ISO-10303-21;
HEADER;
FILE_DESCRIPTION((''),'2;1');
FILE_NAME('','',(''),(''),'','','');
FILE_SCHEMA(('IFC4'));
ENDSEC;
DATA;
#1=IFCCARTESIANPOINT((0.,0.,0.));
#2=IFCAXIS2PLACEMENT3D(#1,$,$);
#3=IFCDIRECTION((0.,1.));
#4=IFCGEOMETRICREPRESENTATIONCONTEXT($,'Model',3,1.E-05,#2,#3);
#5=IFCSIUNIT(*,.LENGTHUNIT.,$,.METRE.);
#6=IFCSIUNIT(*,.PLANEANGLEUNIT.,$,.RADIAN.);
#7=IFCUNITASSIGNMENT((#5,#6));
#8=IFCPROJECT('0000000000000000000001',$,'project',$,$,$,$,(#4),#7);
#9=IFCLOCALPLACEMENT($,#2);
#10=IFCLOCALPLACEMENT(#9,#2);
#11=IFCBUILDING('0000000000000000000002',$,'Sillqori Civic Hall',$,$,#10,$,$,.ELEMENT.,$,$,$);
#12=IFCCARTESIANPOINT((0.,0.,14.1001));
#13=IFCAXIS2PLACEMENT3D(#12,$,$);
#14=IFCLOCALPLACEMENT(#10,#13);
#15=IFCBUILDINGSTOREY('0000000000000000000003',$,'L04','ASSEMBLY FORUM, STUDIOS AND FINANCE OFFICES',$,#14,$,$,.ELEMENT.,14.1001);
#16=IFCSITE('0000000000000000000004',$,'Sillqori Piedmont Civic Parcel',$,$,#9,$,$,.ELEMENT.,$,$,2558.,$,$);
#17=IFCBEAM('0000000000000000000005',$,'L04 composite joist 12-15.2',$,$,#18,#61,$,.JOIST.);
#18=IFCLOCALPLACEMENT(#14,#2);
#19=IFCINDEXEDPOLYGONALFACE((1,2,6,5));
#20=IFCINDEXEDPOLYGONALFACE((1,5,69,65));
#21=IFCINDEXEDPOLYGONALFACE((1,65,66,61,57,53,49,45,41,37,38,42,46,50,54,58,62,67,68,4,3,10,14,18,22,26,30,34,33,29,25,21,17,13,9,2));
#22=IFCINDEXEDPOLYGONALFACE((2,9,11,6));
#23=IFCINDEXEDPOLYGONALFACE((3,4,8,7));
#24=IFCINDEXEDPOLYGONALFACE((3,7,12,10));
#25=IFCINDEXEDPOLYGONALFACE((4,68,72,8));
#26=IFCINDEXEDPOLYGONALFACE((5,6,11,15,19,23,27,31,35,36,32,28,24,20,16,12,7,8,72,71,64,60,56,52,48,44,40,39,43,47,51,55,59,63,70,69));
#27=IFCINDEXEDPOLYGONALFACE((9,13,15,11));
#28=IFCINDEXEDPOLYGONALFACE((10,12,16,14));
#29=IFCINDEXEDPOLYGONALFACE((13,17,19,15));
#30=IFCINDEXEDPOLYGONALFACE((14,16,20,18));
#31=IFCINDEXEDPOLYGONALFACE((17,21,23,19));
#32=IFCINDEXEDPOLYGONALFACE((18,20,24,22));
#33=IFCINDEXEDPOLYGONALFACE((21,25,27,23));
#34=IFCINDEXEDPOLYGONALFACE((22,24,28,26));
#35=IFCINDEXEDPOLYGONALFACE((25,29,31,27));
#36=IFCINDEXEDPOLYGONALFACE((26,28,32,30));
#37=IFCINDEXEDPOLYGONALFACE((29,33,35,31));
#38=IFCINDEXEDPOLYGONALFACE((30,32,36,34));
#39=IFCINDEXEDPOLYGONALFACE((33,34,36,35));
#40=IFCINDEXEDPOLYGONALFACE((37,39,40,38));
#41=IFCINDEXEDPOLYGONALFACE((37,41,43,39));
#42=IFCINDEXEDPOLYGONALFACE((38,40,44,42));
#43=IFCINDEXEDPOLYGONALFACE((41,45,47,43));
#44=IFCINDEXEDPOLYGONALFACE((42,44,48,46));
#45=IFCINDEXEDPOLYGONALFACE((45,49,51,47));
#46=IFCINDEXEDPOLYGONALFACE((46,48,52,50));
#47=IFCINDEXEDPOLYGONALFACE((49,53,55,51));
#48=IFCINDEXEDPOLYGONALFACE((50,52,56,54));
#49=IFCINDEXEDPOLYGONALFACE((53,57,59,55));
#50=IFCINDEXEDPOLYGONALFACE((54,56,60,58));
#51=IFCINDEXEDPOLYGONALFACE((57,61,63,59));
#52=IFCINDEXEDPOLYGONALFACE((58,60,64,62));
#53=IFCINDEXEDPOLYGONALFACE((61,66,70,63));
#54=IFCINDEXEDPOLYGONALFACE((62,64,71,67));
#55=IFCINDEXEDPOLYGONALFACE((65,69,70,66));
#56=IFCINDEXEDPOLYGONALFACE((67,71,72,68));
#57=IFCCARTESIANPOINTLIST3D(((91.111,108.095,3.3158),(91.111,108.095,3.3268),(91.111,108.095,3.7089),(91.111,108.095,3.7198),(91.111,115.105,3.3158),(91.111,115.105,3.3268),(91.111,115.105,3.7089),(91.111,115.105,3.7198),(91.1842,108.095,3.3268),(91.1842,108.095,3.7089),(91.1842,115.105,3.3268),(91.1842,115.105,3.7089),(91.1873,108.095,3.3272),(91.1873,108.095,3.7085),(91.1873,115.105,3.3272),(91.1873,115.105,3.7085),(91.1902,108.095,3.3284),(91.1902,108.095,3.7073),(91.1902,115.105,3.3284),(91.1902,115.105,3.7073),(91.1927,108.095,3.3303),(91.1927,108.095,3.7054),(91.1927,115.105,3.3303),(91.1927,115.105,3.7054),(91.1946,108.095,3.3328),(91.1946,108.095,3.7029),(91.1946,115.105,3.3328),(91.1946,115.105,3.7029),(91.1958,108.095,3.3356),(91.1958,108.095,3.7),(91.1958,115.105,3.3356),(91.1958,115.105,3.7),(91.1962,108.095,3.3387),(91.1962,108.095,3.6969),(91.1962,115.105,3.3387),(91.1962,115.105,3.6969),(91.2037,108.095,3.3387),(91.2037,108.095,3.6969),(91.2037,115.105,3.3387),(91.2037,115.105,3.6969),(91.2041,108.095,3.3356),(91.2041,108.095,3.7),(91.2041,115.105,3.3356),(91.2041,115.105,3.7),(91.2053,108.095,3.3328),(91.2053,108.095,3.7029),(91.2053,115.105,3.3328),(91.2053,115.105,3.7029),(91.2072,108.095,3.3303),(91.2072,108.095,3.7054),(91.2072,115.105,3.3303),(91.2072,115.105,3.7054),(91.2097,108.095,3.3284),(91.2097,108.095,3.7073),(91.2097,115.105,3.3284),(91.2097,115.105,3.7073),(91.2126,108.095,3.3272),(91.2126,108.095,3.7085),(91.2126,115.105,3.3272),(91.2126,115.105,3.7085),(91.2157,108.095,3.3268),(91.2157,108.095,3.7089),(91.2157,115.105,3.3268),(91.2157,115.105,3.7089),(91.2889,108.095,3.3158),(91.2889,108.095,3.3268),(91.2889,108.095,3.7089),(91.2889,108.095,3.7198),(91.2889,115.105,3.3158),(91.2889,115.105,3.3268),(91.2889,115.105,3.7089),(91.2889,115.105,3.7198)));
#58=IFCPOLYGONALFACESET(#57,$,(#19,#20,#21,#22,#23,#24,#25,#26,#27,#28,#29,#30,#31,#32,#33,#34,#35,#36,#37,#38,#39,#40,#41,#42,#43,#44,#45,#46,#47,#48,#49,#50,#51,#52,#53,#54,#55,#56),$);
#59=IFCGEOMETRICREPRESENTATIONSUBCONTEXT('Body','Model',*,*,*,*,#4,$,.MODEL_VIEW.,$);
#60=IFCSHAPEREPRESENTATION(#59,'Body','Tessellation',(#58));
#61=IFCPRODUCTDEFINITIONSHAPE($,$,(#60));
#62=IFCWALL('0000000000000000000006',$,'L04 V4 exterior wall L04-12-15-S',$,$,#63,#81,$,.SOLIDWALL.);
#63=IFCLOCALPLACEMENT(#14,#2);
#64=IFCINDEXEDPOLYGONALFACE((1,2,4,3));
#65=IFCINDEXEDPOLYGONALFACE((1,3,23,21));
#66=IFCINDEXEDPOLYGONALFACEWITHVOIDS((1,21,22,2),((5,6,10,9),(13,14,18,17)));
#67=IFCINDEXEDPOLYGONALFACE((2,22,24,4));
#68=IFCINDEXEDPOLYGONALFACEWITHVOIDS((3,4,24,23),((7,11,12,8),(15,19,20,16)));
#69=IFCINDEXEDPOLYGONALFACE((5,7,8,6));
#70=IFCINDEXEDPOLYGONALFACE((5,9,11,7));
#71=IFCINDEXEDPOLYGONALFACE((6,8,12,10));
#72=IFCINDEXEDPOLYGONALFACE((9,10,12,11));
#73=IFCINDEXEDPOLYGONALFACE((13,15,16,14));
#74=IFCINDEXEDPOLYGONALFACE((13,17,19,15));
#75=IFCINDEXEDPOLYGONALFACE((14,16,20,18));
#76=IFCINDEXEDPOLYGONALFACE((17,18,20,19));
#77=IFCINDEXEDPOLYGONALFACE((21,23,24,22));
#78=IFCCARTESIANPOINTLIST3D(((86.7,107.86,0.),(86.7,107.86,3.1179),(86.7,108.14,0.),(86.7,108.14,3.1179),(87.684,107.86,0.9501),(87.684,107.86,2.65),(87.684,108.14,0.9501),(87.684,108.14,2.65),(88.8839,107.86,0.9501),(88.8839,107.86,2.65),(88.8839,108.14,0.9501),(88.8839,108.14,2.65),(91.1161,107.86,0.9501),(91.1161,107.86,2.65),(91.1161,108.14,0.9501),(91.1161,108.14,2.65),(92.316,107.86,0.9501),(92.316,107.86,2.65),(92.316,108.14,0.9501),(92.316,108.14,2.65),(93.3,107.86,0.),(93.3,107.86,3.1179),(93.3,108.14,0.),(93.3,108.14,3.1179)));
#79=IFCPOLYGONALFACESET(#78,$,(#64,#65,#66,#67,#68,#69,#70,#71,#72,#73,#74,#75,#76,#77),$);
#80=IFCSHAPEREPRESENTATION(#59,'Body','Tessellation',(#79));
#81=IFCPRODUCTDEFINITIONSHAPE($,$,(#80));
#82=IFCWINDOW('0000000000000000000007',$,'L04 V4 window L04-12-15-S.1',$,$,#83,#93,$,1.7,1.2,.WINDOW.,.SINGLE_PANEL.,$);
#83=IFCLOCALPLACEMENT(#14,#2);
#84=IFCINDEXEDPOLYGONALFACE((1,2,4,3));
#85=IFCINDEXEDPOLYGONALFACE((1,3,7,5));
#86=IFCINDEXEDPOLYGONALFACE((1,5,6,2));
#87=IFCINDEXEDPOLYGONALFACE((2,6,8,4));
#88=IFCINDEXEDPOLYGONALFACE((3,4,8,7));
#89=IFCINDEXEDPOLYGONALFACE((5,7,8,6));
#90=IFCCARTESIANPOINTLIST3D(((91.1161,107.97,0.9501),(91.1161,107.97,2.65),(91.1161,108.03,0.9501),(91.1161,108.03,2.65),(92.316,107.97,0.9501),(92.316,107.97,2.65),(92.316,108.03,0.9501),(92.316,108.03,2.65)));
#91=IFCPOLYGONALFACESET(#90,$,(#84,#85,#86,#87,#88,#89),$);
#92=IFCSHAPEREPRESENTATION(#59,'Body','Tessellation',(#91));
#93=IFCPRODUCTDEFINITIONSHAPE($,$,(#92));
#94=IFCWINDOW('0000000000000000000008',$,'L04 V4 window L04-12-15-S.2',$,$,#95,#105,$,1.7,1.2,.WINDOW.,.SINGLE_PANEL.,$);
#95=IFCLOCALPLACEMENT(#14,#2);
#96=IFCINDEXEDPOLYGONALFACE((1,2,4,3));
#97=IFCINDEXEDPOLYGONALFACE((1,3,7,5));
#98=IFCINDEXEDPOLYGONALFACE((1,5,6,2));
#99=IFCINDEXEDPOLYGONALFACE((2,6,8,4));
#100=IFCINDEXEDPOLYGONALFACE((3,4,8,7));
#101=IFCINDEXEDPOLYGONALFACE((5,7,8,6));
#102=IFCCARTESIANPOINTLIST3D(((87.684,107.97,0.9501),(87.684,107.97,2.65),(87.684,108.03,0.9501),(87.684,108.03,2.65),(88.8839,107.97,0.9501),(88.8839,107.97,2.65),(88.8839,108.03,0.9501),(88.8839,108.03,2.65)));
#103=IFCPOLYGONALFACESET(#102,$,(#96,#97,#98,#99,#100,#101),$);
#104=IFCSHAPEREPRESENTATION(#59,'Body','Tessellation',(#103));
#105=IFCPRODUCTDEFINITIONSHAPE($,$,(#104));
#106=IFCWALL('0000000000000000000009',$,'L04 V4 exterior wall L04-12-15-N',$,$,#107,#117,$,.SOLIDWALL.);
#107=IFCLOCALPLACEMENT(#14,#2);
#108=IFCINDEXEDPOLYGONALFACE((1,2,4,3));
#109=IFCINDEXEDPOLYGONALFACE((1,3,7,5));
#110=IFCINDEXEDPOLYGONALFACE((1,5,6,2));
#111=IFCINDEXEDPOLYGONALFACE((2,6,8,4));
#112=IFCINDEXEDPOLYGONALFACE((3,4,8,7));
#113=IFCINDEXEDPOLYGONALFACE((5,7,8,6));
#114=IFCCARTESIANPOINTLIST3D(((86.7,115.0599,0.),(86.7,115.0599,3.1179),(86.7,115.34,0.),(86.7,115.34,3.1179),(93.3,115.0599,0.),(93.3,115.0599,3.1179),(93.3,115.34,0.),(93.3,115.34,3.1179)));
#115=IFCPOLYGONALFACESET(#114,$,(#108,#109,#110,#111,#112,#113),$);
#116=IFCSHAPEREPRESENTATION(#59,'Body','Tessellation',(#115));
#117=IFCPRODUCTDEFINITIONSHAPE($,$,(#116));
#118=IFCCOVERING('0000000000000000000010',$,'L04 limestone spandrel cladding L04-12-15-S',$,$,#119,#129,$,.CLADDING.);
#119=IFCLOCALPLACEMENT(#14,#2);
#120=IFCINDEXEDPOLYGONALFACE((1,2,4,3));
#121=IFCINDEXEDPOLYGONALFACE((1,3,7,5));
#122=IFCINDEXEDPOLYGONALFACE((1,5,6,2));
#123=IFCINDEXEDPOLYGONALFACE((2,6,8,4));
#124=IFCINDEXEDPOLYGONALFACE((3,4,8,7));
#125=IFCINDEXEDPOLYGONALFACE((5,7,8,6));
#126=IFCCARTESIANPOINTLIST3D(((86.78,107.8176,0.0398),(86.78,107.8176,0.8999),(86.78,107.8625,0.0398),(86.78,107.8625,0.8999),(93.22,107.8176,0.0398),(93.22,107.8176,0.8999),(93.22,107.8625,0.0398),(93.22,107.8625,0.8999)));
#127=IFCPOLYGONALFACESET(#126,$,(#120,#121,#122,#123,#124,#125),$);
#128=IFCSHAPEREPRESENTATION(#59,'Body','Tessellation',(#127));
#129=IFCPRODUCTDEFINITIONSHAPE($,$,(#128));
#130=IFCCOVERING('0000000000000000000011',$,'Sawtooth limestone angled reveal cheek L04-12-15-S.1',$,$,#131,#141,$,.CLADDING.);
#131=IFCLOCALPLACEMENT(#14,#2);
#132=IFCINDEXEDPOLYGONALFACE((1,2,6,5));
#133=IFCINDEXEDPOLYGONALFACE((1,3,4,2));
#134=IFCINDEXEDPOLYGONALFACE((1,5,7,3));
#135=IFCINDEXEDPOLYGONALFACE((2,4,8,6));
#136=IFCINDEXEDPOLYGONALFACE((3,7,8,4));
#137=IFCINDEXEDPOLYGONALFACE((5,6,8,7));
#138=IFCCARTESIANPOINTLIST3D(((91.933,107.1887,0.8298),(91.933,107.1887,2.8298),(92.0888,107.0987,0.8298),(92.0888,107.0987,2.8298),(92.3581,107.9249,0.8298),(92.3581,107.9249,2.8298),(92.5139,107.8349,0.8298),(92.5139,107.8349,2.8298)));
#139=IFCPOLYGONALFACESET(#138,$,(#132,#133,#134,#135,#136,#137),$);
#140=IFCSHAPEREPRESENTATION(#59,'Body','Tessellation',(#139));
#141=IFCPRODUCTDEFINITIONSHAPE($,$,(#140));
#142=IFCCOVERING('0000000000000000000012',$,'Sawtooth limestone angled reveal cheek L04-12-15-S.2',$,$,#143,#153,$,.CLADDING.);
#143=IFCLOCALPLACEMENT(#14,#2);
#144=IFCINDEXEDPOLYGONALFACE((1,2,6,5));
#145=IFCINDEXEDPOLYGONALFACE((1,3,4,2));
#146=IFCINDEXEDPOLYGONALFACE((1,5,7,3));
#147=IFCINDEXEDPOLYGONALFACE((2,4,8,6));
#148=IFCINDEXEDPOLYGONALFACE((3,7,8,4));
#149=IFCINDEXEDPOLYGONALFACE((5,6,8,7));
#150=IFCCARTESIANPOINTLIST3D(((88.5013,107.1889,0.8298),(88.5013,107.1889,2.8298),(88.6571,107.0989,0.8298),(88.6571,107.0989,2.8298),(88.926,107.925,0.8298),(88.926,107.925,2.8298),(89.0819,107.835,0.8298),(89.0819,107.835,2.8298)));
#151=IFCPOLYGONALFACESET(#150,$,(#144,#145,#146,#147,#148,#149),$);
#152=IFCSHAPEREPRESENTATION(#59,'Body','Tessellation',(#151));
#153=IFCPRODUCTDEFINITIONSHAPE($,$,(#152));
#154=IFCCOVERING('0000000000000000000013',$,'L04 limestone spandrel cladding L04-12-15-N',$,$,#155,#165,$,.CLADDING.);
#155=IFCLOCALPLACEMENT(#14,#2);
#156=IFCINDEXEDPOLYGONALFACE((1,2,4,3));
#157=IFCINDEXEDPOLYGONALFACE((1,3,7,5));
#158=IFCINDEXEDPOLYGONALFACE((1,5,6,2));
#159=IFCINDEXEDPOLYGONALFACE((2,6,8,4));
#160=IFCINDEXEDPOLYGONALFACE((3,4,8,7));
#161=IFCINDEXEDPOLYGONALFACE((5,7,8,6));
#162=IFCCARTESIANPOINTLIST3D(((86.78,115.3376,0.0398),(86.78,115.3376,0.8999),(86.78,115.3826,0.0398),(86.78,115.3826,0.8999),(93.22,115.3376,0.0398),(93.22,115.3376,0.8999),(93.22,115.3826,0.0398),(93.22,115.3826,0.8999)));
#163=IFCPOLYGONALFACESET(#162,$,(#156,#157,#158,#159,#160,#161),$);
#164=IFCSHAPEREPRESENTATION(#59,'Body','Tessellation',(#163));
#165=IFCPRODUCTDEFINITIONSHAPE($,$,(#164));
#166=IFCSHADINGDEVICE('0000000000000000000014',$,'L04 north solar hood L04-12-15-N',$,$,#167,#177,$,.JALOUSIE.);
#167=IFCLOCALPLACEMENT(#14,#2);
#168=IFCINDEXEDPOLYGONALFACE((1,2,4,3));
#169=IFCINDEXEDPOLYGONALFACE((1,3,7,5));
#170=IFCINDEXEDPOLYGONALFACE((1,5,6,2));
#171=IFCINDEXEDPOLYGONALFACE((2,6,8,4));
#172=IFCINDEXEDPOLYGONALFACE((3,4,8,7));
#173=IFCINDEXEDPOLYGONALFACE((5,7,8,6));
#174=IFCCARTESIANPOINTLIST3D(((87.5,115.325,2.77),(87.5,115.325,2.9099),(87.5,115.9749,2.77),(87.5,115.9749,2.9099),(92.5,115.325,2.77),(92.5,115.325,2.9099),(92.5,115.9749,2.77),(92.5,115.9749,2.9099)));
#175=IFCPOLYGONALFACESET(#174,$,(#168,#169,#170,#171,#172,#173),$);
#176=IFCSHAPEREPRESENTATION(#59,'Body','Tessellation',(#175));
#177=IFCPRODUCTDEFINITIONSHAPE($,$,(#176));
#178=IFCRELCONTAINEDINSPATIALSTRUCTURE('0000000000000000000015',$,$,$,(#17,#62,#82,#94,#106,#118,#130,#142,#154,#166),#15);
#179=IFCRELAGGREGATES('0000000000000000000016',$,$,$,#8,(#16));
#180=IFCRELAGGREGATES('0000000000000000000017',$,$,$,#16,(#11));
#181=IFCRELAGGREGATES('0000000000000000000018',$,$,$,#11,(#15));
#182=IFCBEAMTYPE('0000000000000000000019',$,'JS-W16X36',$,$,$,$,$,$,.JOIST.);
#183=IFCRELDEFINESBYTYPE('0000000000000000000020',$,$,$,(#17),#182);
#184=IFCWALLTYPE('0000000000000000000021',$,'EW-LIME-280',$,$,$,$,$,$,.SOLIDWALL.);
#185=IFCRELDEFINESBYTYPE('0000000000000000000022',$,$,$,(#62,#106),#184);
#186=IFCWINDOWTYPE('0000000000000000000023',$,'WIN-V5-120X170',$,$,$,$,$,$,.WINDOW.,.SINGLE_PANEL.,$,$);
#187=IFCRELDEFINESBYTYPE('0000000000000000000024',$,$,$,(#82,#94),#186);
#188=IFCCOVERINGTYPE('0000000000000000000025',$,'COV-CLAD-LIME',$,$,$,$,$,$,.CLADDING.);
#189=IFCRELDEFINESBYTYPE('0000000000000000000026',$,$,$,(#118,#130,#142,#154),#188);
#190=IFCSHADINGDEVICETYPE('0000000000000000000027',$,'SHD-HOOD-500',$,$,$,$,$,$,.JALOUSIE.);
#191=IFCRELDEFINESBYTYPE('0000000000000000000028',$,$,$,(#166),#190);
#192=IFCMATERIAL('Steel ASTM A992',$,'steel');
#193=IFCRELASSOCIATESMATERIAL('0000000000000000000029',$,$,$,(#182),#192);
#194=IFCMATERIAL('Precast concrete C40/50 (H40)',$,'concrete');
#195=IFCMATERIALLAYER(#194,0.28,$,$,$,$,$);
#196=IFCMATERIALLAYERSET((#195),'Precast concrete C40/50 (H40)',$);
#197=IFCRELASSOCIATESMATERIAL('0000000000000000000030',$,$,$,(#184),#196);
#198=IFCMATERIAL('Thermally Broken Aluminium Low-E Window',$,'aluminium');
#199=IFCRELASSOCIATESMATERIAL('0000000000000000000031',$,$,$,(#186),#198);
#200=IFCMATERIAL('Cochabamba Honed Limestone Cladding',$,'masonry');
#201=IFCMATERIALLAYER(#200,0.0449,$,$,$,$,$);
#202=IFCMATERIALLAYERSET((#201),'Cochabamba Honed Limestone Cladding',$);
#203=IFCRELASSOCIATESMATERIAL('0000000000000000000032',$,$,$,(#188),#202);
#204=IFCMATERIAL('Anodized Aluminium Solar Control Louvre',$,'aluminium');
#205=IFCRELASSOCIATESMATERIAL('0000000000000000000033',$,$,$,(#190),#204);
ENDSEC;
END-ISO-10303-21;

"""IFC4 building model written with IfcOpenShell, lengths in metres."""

from ifc_helpers import new_model, si_unit, direction, frame, frame_2d, origin, origin_2d, place, context, subcontext, project, spatial, rectangle, i_section, extrude, material, layer, layer_set, material_profile, profile_set, type_object, element, fill, save


model = new_model("IFC4")

# Units and contexts
model_context = context("Model", 3, precision=1e-05, world=origin(), true_north=direction((0.0, 1.0)))
body_context = subcontext(model_context, "Body", "Model", "MODEL_VIEW")
ifc_project = project(units=[si_unit("LENGTHUNIT", "METRE"), si_unit("PLANEANGLEUNIT", "RADIAN")], contexts=[model_context])

# Site, building, storey
site_placement = place(None, origin())
site = spatial("IfcSite", under=ifc_project, at=site_placement, Name="Sillqori Piedmont Civic Parcel", CompositionType="ELEMENT", RefElevation=2558.0)
building_placement = place(site_placement, origin())
building = spatial("IfcBuilding", under=site, at=building_placement, Name="Sillqori Civic Hall", CompositionType="ELEMENT")
storey_placement = place(building_placement, frame((0.0, 0.0, 14.1001)))
storey = spatial("IfcBuildingStorey", under=building, at=storey_placement, Name="L04", Description="ASSEMBLY FORUM, STUDIOS AND FINANCE OFFICES", CompositionType="ELEMENT", Elevation=14.1001)

# Beam
ifc_material_1 = material(Name="Steel ASTM A992", Category="steel")
ifc_material_profile_1 = material_profile(ifc_material_1, i_section(OverallWidth=0.178, OverallDepth=0.4041, WebThickness=0.0076, FlangeThickness=0.011, FilletRadius=0.012, at=origin_2d()), Name="W16X36")
ifc_profile_set_1 = profile_set([ifc_material_profile_1], Name="Steel ASTM A992")
beam_type_1 = type_object("IfcBeamType", Name="JS-W16X36", PredefinedType="JOIST", material=ifc_profile_set_1)
for number, where, z_axis, x_axis, name in (
    (1, (91.2, 108.095, 3.5178), (0.0, 1.0, 0.0), (-1.0, 0.0, 0.0), "L04 composite joist 12-15.2"),
):
    element("IfcBeam", number, at=place(storey_placement, frame(where, z_axis=z_axis, x_axis=x_axis)), inside=storey, type_object=beam_type_1, Name=name, PredefinedType="JOIST", context=body_context, shape_type="SweptSolid", body=[
        extrude(i_section(OverallWidth=0.178, OverallDepth=0.4041, WebThickness=0.0076, FlangeThickness=0.011, FilletRadius=0.012, at=origin_2d()), origin(), (0.0, 0.0, 1.0), 7.01),
    ])

# Wall, openings, windows
ifc_material_2 = material(Name="Precast concrete C40/50 (H40)", Category="concrete")
ifc_layer_1 = layer(ifc_material_2, 0.28)
ifc_layer_set_1 = layer_set([ifc_layer_1], Name="Precast concrete C40/50 (H40)")
wall_type = type_object("IfcWallType", Name="EW-LIME-280", PredefinedType="SOLIDWALL", material=ifc_layer_set_1)
wall_1_placement = place(storey_placement, frame((93.3, 108.0, 0.0), z_axis=(0.0, 0.0, 1.0), x_axis=(-1.0, 0.0, 0.0)))
wall_1 = element("IfcWall", 2, at=wall_1_placement, inside=storey, type_object=wall_type, Name="L04 V4 exterior wall L04-12-15-S", PredefinedType="SOLIDWALL", context=body_context, shape_type="SweptSolid", body=[
    extrude(rectangle(XDim=6.6001, YDim=0.28, at=frame_2d((3.3, 0.0))), origin(), (0.0, 0.0, 1.0), 3.1179),
])
opening_1_placement = place(wall_1_placement, frame((0.9839, 0.0, 0.95)))
opening_1 = element("IfcOpeningElement", 3, at=opening_1_placement, cuts=wall_1, PredefinedType="OPENING", context=body_context, shape_type="SweptSolid", body=[
    extrude(rectangle(XDim=1.2, YDim=1.7, at=frame_2d((0.6001, 0.8501))), frame((0.0, 0.1499, 0.0), z_axis=(0.0, -1.0, 0.0), x_axis=(1.0, 0.0, 0.0)), (0.0, 0.0, 1.0), 0.3),
])
opening_2_placement = place(wall_1_placement, frame((4.416, 0.0, 0.95)))
opening_2 = element("IfcOpeningElement", 4, at=opening_2_placement, cuts=wall_1, PredefinedType="OPENING", context=body_context, shape_type="SweptSolid", body=[
    extrude(rectangle(XDim=1.2, YDim=1.7, at=frame_2d((0.6001, 0.8501))), frame((0.0, 0.1499, 0.0), z_axis=(0.0, -1.0, 0.0), x_axis=(1.0, 0.0, 0.0)), (0.0, 0.0, 1.0), 0.3),
])
ifc_material_3 = material(Name="Thermally Broken Aluminium Low-E Window", Category="aluminium")
window_type = type_object("IfcWindowType", Name="WIN-V5-120X170", PartitioningType="SINGLE_PANEL", PredefinedType="WINDOW", material=ifc_material_3)
window_1_placement = place(opening_1_placement, origin())
window_1 = element("IfcWindow", 5, at=window_1_placement, inside=storey, type_object=window_type, Name="L04 V4 window L04-12-15-S.1", OverallHeight=1.7, OverallWidth=1.2, PartitioningType="SINGLE_PANEL", PredefinedType="WINDOW", context=body_context, shape_type="SweptSolid", body=[
    extrude(rectangle(XDim=1.2, YDim=1.7, at=frame_2d((0.6001, 0.8501))), frame((0.0, 0.03, 0.0), z_axis=(0.0, -1.0, 0.0), x_axis=(1.0, 0.0, 0.0)), (0.0, 0.0, 1.0), 0.0601),
])
fill(opening_1, window_1)
window_2_placement = place(opening_2_placement, origin())
window_2 = element("IfcWindow", 6, at=window_2_placement, inside=storey, type_object=window_type, Name="L04 V4 window L04-12-15-S.2", OverallHeight=1.7, OverallWidth=1.2, PartitioningType="SINGLE_PANEL", PredefinedType="WINDOW", context=body_context, shape_type="SweptSolid", body=[
    extrude(rectangle(XDim=1.2, YDim=1.7, at=frame_2d((0.6001, 0.8501))), frame((0.0, 0.03, 0.0), z_axis=(0.0, -1.0, 0.0), x_axis=(1.0, 0.0, 0.0)), (0.0, 0.0, 1.0), 0.0601),
])
fill(opening_2, window_2)

# Wall
wall_2_placement = place(storey_placement, frame((86.7, 115.2, 0.0), z_axis=(0.0, 0.0, 1.0), x_axis=(1.0, 0.0, 0.0)))
element("IfcWall", 7, at=wall_2_placement, inside=storey, type_object=wall_type, Name="L04 V4 exterior wall L04-12-15-N", PredefinedType="SOLIDWALL", context=body_context, shape_type="SweptSolid", body=[
    extrude(rectangle(XDim=6.6001, YDim=0.28, at=frame_2d((3.3, 0.0))), origin(), (0.0, 0.0, 1.0), 3.1179),
])

# Coverings
ifc_material_4 = material(Name="Cochabamba Honed Limestone Cladding", Category="masonry")
ifc_layer_2 = layer(ifc_material_4, 0.0449)
ifc_layer_set_2 = layer_set([ifc_layer_2], Name="Cochabamba Honed Limestone Cladding")
covering_type = type_object("IfcCoveringType", Name="COV-CLAD-LIME", PredefinedType="CLADDING", material=ifc_layer_set_2)
covering_1_placement = place(storey_placement, frame((93.22, 107.8401, 0.0398), z_axis=(0.0, 0.0, 1.0), x_axis=(-1.0, 0.0, 0.0)))
element("IfcCovering", 8, at=covering_1_placement, inside=storey, type_object=covering_type, Name="L04 limestone spandrel cladding L04-12-15-S", PredefinedType="CLADDING", context=body_context, shape_type="SweptSolid", body=[
    extrude(rectangle(XDim=6.4399, YDim=0.0449, at=frame_2d((3.22, 0.0))), origin(), (0.0, 0.0, 1.0), 0.8601),
])
covering_2_placement = place(storey_placement, frame((92.436, 107.8799, 0.8298), z_axis=(0.0, 0.0, 1.0), x_axis=(-0.500062, -0.865989, 0.0)))
element("IfcCovering", 9, at=covering_2_placement, inside=storey, type_object=covering_type, Name="Sawtooth limestone angled reveal cheek L04-12-15-S.1", PredefinedType="CLADDING", context=body_context, shape_type="SweptSolid", body=[
    extrude(rectangle(XDim=0.8501, YDim=0.1799, at=frame_2d((0.425, 0.0))), origin(), (0.0, 0.0, 1.0), 2.0),
])
covering_3_placement = place(storey_placement, frame((89.0039, 107.8799, 0.8298), z_axis=(0.0, 0.0, 1.0), x_axis=(-0.499847, -0.866114, 0.0)))
element("IfcCovering", 10, at=covering_3_placement, inside=storey, type_object=covering_type, Name="Sawtooth limestone angled reveal cheek L04-12-15-S.2", PredefinedType="CLADDING", context=body_context, shape_type="SweptSolid", body=[
    extrude(rectangle(XDim=0.8499, YDim=0.1799, at=frame_2d((0.4248, 0.0))), origin(), (0.0, 0.0, 1.0), 2.0),
])
covering_4_placement = place(storey_placement, frame((86.78, 115.3601, 0.0398), z_axis=(0.0, 0.0, 1.0), x_axis=(1.0, 0.0, 0.0)))
element("IfcCovering", 11, at=covering_4_placement, inside=storey, type_object=covering_type, Name="L04 limestone spandrel cladding L04-12-15-N", PredefinedType="CLADDING", context=body_context, shape_type="SweptSolid", body=[
    extrude(rectangle(XDim=6.4399, YDim=0.0449, at=frame_2d((3.22, 0.0))), origin(), (0.0, 0.0, 1.0), 0.8601),
])

# Shading device
ifc_material_5 = material(Name="Anodized Aluminium Solar Control Louvre", Category="aluminium")
shading_device_type = type_object("IfcShadingDeviceType", Name="SHD-HOOD-500", PredefinedType="JALOUSIE", material=ifc_material_5)
shading_device_placement = place(storey_placement, frame((90.0, 115.6499, 2.77), z_axis=(0.0, 0.0, 1.0), x_axis=(1.0, 0.0, 0.0)))
element("IfcShadingDevice", 12, at=shading_device_placement, inside=storey, type_object=shading_device_type, Name="L04 north solar hood L04-12-15-N", PredefinedType="JALOUSIE", context=body_context, shape_type="SweptSolid", body=[
    extrude(rectangle(XDim=5.0, YDim=0.6499, at=origin_2d()), origin(), (0.0, 0.0, 1.0), 0.1399),
])

save(model, "model.ifc")
